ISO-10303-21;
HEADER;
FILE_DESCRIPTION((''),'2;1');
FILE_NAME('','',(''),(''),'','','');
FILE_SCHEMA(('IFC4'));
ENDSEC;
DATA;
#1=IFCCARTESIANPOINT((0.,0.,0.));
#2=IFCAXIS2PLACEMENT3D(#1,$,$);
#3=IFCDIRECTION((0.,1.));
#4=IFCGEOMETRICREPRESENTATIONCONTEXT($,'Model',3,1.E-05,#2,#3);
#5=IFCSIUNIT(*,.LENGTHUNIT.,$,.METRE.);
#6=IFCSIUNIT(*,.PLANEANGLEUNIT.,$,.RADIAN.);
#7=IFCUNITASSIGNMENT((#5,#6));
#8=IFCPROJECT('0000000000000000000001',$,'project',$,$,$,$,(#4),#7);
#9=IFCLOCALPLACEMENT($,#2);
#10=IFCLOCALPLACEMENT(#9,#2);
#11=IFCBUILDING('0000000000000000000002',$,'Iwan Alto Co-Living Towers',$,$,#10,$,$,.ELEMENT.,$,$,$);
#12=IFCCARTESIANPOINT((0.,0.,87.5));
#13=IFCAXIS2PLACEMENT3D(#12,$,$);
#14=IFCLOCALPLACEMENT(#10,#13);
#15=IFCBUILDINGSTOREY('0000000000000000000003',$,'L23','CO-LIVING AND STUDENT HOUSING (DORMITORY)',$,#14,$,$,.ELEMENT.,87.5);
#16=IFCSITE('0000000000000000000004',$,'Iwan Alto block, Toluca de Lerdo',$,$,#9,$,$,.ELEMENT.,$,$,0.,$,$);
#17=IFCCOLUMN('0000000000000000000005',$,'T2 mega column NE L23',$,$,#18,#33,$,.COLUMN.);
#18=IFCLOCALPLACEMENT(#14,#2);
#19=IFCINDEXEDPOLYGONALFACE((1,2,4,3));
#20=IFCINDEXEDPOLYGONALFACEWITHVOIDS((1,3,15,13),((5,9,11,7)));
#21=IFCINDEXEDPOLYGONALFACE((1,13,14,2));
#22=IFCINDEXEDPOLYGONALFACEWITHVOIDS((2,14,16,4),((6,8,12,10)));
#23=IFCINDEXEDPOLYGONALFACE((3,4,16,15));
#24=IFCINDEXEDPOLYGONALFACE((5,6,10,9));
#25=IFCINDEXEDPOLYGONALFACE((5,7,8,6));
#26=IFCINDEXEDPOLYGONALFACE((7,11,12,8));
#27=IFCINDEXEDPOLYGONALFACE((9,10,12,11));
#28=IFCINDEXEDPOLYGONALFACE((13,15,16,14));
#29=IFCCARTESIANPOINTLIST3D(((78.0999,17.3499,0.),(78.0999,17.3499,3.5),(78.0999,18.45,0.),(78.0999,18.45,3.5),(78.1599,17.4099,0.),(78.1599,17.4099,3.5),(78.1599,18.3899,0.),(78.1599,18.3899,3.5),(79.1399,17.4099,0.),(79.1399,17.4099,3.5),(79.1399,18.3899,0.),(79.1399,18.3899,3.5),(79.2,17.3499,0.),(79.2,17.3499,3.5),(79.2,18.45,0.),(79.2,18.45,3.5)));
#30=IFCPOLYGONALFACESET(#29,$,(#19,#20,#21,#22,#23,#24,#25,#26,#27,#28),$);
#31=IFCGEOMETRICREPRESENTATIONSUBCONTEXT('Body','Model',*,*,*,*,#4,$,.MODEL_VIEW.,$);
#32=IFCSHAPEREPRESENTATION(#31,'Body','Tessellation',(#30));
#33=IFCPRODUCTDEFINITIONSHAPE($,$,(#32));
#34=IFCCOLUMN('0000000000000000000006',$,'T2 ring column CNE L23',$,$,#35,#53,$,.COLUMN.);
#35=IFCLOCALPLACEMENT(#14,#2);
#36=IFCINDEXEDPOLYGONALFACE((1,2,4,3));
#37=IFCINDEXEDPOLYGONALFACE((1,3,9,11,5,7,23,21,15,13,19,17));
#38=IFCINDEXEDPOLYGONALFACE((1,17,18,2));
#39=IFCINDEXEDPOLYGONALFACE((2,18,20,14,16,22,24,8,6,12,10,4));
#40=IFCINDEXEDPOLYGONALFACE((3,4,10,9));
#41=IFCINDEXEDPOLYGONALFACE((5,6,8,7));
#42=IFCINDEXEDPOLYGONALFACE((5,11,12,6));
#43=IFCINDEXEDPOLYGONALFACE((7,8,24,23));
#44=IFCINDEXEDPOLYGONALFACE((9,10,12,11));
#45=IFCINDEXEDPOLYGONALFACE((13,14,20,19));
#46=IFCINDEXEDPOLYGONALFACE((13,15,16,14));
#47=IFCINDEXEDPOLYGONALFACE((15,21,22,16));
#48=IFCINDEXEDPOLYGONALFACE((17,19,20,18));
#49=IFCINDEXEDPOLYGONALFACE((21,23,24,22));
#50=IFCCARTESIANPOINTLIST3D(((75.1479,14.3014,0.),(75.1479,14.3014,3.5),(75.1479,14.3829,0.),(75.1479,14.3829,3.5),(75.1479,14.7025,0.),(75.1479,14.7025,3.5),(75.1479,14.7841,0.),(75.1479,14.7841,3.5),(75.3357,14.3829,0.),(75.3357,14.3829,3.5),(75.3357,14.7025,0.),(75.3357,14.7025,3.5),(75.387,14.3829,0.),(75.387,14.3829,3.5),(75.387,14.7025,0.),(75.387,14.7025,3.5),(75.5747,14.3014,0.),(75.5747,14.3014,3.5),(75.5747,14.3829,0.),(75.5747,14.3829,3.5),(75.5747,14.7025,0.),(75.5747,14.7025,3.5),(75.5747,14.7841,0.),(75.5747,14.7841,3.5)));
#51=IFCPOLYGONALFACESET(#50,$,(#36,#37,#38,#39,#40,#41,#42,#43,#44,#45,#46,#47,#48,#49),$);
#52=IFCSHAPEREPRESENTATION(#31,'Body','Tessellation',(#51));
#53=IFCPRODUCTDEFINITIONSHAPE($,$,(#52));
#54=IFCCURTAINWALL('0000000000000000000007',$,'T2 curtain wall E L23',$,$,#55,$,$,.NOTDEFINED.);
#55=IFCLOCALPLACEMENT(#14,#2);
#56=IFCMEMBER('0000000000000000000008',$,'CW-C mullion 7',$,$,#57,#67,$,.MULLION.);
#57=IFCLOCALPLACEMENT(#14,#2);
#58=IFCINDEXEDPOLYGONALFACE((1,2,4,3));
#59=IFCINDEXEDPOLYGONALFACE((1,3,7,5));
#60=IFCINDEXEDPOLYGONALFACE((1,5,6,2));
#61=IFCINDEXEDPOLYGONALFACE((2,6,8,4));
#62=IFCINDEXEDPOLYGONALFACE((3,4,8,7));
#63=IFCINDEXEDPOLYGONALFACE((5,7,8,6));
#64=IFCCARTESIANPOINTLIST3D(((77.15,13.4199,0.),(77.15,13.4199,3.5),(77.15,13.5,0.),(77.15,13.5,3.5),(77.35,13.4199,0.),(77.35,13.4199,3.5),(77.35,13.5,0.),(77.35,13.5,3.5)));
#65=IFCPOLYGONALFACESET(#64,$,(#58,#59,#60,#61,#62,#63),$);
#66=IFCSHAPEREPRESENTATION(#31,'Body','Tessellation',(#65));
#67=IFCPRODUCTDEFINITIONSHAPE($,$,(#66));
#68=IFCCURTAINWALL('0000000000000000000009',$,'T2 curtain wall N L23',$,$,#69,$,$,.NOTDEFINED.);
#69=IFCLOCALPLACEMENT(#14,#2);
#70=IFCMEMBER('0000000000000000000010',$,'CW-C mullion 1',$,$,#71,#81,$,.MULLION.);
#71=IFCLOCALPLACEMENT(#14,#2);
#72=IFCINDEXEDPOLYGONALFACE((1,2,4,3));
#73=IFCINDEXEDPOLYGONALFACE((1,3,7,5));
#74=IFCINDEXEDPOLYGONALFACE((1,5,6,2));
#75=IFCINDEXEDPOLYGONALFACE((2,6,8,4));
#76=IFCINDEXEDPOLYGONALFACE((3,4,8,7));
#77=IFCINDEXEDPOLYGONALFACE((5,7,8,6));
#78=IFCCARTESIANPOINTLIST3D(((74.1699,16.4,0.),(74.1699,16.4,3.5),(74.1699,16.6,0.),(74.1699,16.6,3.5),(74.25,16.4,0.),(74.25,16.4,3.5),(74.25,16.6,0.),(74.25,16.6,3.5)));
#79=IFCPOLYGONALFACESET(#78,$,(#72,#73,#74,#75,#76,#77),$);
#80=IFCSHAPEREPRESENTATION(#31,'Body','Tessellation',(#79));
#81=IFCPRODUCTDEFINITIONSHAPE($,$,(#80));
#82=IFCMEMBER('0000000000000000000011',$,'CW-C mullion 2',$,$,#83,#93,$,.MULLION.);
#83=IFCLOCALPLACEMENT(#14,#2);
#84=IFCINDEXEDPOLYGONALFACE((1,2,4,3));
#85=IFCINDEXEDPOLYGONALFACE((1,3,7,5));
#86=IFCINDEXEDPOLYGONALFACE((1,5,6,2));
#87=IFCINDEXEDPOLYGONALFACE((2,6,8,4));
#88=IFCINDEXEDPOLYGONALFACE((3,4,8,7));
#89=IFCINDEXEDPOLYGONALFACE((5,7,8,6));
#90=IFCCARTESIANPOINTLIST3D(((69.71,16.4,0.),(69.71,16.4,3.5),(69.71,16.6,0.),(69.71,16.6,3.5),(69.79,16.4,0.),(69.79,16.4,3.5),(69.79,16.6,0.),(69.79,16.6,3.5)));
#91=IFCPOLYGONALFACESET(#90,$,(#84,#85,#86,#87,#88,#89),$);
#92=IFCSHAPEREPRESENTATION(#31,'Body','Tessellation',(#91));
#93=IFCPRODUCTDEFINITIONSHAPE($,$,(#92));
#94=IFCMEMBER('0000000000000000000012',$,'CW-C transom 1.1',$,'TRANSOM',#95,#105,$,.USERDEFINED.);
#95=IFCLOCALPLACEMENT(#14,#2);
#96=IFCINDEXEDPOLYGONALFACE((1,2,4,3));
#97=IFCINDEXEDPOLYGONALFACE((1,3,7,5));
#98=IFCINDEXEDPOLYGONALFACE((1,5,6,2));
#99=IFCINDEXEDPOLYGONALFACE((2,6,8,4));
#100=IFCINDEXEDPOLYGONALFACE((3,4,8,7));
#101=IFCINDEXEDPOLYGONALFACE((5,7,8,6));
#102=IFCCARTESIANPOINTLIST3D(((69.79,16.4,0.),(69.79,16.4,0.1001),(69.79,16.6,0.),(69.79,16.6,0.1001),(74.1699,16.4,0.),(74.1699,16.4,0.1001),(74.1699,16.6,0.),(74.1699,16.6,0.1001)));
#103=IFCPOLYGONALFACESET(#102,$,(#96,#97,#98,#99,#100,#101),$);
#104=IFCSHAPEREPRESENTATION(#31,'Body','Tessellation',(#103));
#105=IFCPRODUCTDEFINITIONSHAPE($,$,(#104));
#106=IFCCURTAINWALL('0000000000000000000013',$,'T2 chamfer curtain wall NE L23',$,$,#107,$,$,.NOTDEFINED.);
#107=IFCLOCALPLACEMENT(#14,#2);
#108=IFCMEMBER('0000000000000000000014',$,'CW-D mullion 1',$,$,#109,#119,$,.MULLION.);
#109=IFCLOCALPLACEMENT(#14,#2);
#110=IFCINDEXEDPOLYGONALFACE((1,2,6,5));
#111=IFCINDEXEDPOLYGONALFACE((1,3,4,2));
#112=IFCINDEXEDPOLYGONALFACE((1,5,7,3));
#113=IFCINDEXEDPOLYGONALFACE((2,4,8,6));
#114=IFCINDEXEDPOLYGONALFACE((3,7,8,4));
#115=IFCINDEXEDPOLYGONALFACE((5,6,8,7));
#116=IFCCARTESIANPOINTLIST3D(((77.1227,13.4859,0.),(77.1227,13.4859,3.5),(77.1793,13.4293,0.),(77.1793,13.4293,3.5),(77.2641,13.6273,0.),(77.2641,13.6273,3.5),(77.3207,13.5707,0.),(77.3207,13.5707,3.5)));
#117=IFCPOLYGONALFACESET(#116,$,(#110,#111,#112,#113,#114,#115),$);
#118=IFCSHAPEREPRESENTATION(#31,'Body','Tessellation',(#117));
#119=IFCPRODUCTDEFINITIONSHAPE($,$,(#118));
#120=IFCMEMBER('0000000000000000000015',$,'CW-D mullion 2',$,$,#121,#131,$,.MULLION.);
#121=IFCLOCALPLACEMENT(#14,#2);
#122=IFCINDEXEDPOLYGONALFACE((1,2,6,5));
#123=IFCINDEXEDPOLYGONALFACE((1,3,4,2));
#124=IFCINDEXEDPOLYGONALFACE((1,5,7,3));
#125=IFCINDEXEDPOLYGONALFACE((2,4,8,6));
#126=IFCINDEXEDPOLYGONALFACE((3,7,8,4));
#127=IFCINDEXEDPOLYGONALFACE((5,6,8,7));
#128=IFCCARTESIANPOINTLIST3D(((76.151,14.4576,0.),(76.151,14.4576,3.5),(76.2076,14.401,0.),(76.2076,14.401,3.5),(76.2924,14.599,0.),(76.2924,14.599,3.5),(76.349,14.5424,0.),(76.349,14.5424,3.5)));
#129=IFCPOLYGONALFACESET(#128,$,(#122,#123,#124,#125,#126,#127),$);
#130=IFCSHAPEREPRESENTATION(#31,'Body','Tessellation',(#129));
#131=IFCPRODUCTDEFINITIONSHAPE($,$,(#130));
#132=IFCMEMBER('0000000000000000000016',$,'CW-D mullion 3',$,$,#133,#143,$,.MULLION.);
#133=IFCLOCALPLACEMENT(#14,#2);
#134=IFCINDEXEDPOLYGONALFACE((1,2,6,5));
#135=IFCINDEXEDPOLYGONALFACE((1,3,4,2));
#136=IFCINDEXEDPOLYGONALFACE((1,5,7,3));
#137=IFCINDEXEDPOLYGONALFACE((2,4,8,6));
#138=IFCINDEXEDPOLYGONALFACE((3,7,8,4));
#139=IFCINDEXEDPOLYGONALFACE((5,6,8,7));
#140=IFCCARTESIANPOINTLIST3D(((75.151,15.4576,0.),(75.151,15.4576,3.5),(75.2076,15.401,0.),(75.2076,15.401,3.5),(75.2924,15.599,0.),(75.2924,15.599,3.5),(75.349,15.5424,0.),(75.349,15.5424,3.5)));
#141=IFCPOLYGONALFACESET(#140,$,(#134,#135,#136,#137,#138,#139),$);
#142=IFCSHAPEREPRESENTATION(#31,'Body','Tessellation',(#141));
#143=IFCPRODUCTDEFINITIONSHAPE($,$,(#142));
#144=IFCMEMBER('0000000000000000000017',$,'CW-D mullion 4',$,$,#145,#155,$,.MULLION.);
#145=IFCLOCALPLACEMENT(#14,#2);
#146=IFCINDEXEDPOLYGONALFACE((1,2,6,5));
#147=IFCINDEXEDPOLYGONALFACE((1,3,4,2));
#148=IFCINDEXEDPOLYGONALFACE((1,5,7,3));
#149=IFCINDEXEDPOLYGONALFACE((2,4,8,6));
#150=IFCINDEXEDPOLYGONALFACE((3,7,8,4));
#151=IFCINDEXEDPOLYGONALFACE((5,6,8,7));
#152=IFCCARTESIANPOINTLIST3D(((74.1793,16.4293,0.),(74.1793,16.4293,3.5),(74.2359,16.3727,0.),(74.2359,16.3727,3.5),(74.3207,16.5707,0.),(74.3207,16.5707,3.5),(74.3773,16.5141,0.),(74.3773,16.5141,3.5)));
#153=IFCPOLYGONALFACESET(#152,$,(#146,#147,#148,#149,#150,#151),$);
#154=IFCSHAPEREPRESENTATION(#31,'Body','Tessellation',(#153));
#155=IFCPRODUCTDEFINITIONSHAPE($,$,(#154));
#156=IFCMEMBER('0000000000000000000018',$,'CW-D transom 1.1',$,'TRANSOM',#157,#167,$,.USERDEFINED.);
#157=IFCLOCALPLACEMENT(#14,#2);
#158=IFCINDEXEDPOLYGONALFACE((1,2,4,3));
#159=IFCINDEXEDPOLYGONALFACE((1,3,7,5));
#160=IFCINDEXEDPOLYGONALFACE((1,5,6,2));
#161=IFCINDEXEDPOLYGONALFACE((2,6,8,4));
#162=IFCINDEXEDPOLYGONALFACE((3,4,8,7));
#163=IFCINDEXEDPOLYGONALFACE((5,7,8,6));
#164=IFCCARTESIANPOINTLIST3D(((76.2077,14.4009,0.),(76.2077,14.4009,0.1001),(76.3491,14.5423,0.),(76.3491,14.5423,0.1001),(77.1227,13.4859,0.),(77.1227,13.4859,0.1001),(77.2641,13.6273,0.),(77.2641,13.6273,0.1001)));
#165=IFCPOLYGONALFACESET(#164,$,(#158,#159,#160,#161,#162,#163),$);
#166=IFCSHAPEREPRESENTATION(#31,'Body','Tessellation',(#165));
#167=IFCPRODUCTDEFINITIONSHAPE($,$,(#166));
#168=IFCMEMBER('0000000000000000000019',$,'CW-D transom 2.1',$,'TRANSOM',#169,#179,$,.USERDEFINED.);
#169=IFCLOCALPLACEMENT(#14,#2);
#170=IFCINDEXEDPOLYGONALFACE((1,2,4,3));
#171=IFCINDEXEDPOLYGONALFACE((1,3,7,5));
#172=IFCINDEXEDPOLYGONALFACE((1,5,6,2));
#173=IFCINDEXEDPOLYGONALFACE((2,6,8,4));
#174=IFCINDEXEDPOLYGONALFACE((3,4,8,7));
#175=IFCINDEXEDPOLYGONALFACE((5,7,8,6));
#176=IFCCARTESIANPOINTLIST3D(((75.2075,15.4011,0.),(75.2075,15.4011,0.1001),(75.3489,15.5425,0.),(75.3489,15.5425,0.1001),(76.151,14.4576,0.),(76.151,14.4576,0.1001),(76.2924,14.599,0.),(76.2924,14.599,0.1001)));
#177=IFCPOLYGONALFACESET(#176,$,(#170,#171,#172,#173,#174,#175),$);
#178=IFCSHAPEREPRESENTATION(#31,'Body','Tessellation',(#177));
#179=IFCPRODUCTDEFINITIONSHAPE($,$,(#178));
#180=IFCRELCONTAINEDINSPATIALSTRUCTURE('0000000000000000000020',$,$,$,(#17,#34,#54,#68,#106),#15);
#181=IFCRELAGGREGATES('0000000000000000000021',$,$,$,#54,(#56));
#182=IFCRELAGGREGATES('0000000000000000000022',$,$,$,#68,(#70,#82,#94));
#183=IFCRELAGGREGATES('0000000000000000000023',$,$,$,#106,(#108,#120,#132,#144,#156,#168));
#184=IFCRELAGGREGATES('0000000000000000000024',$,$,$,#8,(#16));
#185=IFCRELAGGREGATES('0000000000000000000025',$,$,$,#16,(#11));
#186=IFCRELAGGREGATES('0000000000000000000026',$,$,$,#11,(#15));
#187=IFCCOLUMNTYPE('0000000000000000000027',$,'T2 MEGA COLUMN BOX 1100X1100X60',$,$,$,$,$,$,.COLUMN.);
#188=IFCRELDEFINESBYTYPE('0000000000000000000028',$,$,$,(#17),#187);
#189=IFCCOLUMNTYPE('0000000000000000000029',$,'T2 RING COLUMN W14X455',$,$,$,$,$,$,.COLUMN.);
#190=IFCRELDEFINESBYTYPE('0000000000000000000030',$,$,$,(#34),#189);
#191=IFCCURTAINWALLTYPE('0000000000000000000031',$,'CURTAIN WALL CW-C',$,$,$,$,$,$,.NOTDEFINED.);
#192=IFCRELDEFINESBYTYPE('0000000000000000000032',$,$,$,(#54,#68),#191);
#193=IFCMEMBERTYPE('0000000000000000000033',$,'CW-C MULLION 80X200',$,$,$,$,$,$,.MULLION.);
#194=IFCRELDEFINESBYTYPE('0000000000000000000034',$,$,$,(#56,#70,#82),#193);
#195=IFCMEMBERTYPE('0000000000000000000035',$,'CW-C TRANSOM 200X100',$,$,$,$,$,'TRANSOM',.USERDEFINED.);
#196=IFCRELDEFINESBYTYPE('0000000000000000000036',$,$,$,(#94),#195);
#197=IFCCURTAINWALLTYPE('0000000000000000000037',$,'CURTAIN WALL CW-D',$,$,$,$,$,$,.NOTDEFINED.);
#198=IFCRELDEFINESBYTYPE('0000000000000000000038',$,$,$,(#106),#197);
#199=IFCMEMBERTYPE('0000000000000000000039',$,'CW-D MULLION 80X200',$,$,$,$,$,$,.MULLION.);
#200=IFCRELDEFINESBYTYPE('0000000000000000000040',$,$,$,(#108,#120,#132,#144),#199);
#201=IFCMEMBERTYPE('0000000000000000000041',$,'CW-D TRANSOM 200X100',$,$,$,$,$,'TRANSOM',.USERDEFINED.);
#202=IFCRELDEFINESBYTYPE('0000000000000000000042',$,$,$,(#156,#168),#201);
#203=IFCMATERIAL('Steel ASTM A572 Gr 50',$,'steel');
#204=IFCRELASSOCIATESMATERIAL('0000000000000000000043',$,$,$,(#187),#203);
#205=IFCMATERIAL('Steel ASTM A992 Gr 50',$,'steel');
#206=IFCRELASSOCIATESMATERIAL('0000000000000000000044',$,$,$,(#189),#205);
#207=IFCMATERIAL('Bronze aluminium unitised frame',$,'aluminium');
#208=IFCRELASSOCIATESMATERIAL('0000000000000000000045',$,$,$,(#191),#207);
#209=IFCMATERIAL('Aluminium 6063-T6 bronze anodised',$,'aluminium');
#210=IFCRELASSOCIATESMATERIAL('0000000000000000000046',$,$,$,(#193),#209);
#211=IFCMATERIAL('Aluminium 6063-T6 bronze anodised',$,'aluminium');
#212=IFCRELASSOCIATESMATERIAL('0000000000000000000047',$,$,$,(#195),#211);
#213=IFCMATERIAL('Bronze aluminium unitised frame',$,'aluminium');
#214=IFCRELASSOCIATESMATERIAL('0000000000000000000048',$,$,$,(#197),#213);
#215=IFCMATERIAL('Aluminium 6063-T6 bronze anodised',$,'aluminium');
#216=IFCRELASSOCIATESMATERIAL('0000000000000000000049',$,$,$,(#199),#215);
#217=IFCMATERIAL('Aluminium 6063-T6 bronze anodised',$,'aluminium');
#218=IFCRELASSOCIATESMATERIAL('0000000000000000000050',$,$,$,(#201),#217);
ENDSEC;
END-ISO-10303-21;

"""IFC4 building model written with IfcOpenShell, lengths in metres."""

from ifc_helpers import new_model, si_unit, direction, frame, origin, origin_2d, place, context, subcontext, project, spatial, rectangle, hollow_rectangle, i_section, extrude, material, material_profile, profile_set, type_object, element, aggregate, save


model = new_model("IFC4")

# Units and contexts
model_context = context("Model", 3, precision=1e-05, world=origin(), true_north=direction((0.0, 1.0)))
body_context = subcontext(model_context, "Body", "Model", "MODEL_VIEW")
ifc_project = project(units=[si_unit("LENGTHUNIT", "METRE"), si_unit("PLANEANGLEUNIT", "RADIAN")], contexts=[model_context])

# Site, building, storey
site_placement = place(None, origin())
site = spatial("IfcSite", under=ifc_project, at=site_placement, Name="Iwan Alto block, Toluca de Lerdo", CompositionType="ELEMENT", RefElevation=0.0)
building_placement = place(site_placement, origin())
building = spatial("IfcBuilding", under=site, at=building_placement, Name="Iwan Alto Co-Living Towers", CompositionType="ELEMENT")
storey_placement = place(building_placement, frame((0.0, 0.0, 87.5)))
storey = spatial("IfcBuildingStorey", under=building, at=storey_placement, Name="L23", Description="CO-LIVING AND STUDENT HOUSING (DORMITORY)", CompositionType="ELEMENT", Elevation=87.5)

# Columns
ifc_material_1 = material(Name="Steel ASTM A572 Gr 50", Category="steel")
ifc_material_profile_1 = material_profile(ifc_material_1, hollow_rectangle(XDim=1.1001, YDim=1.1001, WallThickness=0.0601, at=origin_2d()), Name="BOX 1100X1100X60")
ifc_profile_set_1 = profile_set([ifc_material_profile_1], Name="Steel ASTM A572 Gr 50")
column_type_1 = type_object("IfcColumnType", Name="T2 MEGA COLUMN BOX 1100X1100X60", PredefinedType="COLUMN", material=ifc_profile_set_1)
column_1_placement = place(storey_placement, frame((78.6499, 17.8999, 0.0), z_axis=(0.0, 0.0, 1.0), x_axis=(1.0, 0.0, 0.0)))
element("IfcColumn", 1, at=column_1_placement, inside=storey, type_object=column_type_1, Name="T2 mega column NE L23", PredefinedType="COLUMN", context=body_context, shape_type="SweptSolid", body=[
    extrude(hollow_rectangle(XDim=1.1001, YDim=1.1001, WallThickness=0.0601, at=origin_2d()), origin(), (0.0, 0.0, 1.0), 3.5),
])
ifc_material_2 = material(Name="Steel ASTM A992 Gr 50", Category="steel")
ifc_material_profile_2 = material_profile(ifc_material_2, i_section(OverallWidth=0.4268, OverallDepth=0.4827, WebThickness=0.0513, FlangeThickness=0.0815, at=origin_2d()), Name="W14X455")
ifc_profile_set_2 = profile_set([ifc_material_profile_2], Name="Steel ASTM A992 Gr 50")
column_type_2 = type_object("IfcColumnType", Name="T2 RING COLUMN W14X455", PredefinedType="COLUMN", material=ifc_profile_set_2)
column_2_placement = place(storey_placement, frame((75.3613, 14.5427, 0.0), z_axis=(0.0, 0.0, 1.0), x_axis=(1.0, 0.0, 0.0)))
element("IfcColumn", 2, at=column_2_placement, inside=storey, type_object=column_type_2, Name="T2 ring column CNE L23", PredefinedType="COLUMN", context=body_context, shape_type="SweptSolid", body=[
    extrude(i_section(OverallWidth=0.4268, OverallDepth=0.4827, WebThickness=0.0513, FlangeThickness=0.0815, at=origin_2d()), origin(), (0.0, 0.0, 1.0), 3.5),
])

# Curtain wall, member
ifc_material_3 = material(Name="Bronze aluminium unitised frame", Category="aluminium")
curtain_wall_type_1 = type_object("IfcCurtainWallType", Name="CURTAIN WALL CW-C", PredefinedType="NOTDEFINED", material=ifc_material_3)
curtain_wall_1_placement = place(storey_placement, origin())
curtain_wall_1 = element("IfcCurtainWall", 3, at=curtain_wall_1_placement, inside=storey, type_object=curtain_wall_type_1, Name="T2 curtain wall E L23", PredefinedType="NOTDEFINED")
ifc_material_4 = material(Name="Aluminium 6063-T6 bronze anodised", Category="aluminium")
ifc_material_profile_3 = material_profile(ifc_material_4, rectangle(XDim=0.2, YDim=0.0801, at=origin_2d()), Name="AL 80X200")
ifc_profile_set_3 = profile_set([ifc_material_profile_3], Name="Aluminium 6063-T6 bronze anodised")
member_type_1 = type_object("IfcMemberType", Name="CW-C MULLION 80X200", PredefinedType="MULLION", material=ifc_profile_set_3)
member_1_placement = place(storey_placement, frame((77.25, 13.46, 0.0), z_axis=(0.0, 0.0, 1.0), x_axis=(-1.0, 0.0, 0.0)))
member_1 = element("IfcMember", 4, at=member_1_placement, type_object=member_type_1, Name="CW-C mullion 7", PredefinedType="MULLION", context=body_context, shape_type="SweptSolid", body=[
    extrude(rectangle(XDim=0.2, YDim=0.0801, at=origin_2d()), origin(), (0.0, 0.0, 1.0), 3.5),
])
aggregate(curtain_wall_1, [member_1])

# Curtain walls, members
curtain_wall_2_placement = place(storey_placement, origin())
curtain_wall_2 = element("IfcCurtainWall", 5, at=curtain_wall_2_placement, inside=storey, type_object=curtain_wall_type_1, Name="T2 curtain wall N L23", PredefinedType="NOTDEFINED")
member_2_placement = place(storey_placement, frame((74.21, 16.5, 0.0), z_axis=(0.0, 0.0, 1.0), x_axis=(0.0, -1.0, 0.0)))
member_2 = element("IfcMember", 6, at=member_2_placement, type_object=member_type_1, Name="CW-C mullion 1", PredefinedType="MULLION", context=body_context, shape_type="SweptSolid", body=[
    extrude(rectangle(XDim=0.2, YDim=0.0801, at=origin_2d()), origin(), (0.0, 0.0, 1.0), 3.5),
])
member_3_placement = place(storey_placement, frame((69.75, 16.5, 0.0), z_axis=(0.0, 0.0, 1.0), x_axis=(0.0, -1.0, 0.0)))
member_3 = element("IfcMember", 7, at=member_3_placement, type_object=member_type_1, Name="CW-C mullion 2", PredefinedType="MULLION", context=body_context, shape_type="SweptSolid", body=[
    extrude(rectangle(XDim=0.2, YDim=0.0801, at=origin_2d()), origin(), (0.0, 0.0, 1.0), 3.5),
])
ifc_material_5 = material(Name="Aluminium 6063-T6 bronze anodised", Category="aluminium")
ifc_material_profile_4 = material_profile(ifc_material_5, rectangle(XDim=0.2, YDim=0.1001, at=origin_2d()), Name="AL 200X100")
ifc_profile_set_4 = profile_set([ifc_material_profile_4], Name="Aluminium 6063-T6 bronze anodised")
member_type_2 = type_object("IfcMemberType", Name="CW-C TRANSOM 200X100", ElementType="TRANSOM", PredefinedType="USERDEFINED", material=ifc_profile_set_4)
member_4_placement = place(storey_placement, frame((74.1699, 16.5, 0.05), z_axis=(-1.0, 0.0, 0.0), x_axis=(0.0, -1.0, 0.0)))
member_4 = element("IfcMember", 8, at=member_4_placement, type_object=member_type_2, Name="CW-C transom 1.1", ObjectType="TRANSOM", PredefinedType="USERDEFINED", context=body_context, shape_type="SweptSolid", body=[
    extrude(rectangle(XDim=0.2, YDim=0.1001, at=origin_2d()), origin(), (0.0, 0.0, 1.0), 4.3799),
])
ifc_material_6 = material(Name="Bronze aluminium unitised frame", Category="aluminium")
curtain_wall_type_2 = type_object("IfcCurtainWallType", Name="CURTAIN WALL CW-D", PredefinedType="NOTDEFINED", material=ifc_material_6)
curtain_wall_3_placement = place(storey_placement, origin())
curtain_wall_3 = element("IfcCurtainWall", 9, at=curtain_wall_3_placement, inside=storey, type_object=curtain_wall_type_2, Name="T2 chamfer curtain wall NE L23", PredefinedType="NOTDEFINED")
ifc_material_7 = material(Name="Aluminium 6063-T6 bronze anodised", Category="aluminium")
ifc_material_profile_5 = material_profile(ifc_material_7, rectangle(XDim=0.2, YDim=0.0801, at=origin_2d()), Name="AL 80X200")
ifc_profile_set_5 = profile_set([ifc_material_profile_5], Name="Aluminium 6063-T6 bronze anodised")
member_type_3 = type_object("IfcMemberType", Name="CW-D MULLION 80X200", PredefinedType="MULLION", material=ifc_profile_set_5)
member_5_placement = place(storey_placement, frame((77.2217, 13.5283, 0.0), z_axis=(0.0, 0.0, 1.0), x_axis=(-0.707107, -0.707107, 0.0)))
member_5 = element("IfcMember", 10, at=member_5_placement, type_object=member_type_3, Name="CW-D mullion 1", PredefinedType="MULLION", context=body_context, shape_type="SweptSolid", body=[
    extrude(rectangle(XDim=0.2, YDim=0.0801, at=origin_2d()), origin(), (0.0, 0.0, 1.0), 3.5),
])
member_6_placement = place(storey_placement, frame((76.25, 14.5, 0.0), z_axis=(0.0, 0.0, 1.0), x_axis=(-0.707107, -0.707107, 0.0)))
member_6 = element("IfcMember", 11, at=member_6_placement, type_object=member_type_3, Name="CW-D mullion 2", PredefinedType="MULLION", context=body_context, shape_type="SweptSolid", body=[
    extrude(rectangle(XDim=0.2, YDim=0.0801, at=origin_2d()), origin(), (0.0, 0.0, 1.0), 3.5),
])
member_7_placement = place(storey_placement, frame((75.25, 15.5, 0.0), z_axis=(0.0, 0.0, 1.0), x_axis=(-0.707107, -0.707107, 0.0)))
member_7 = element("IfcMember", 12, at=member_7_placement, type_object=member_type_3, Name="CW-D mullion 3", PredefinedType="MULLION", context=body_context, shape_type="SweptSolid", body=[
    extrude(rectangle(XDim=0.2, YDim=0.0801, at=origin_2d()), origin(), (0.0, 0.0, 1.0), 3.5),
])
member_8_placement = place(storey_placement, frame((74.2783, 16.4717, 0.0), z_axis=(0.0, 0.0, 1.0), x_axis=(-0.707107, -0.707107, 0.0)))
member_8 = element("IfcMember", 13, at=member_8_placement, type_object=member_type_3, Name="CW-D mullion 4", PredefinedType="MULLION", context=body_context, shape_type="SweptSolid", body=[
    extrude(rectangle(XDim=0.2, YDim=0.0801, at=origin_2d()), origin(), (0.0, 0.0, 1.0), 3.5),
])
ifc_material_8 = material(Name="Aluminium 6063-T6 bronze anodised", Category="aluminium")
ifc_material_profile_6 = material_profile(ifc_material_8, rectangle(XDim=0.2, YDim=0.1001, at=origin_2d()), Name="AL 200X100")
ifc_profile_set_6 = profile_set([ifc_material_profile_6], Name="Aluminium 6063-T6 bronze anodised")
member_type_4 = type_object("IfcMemberType", Name="CW-D TRANSOM 200X100", ElementType="TRANSOM", PredefinedType="USERDEFINED", material=ifc_profile_set_6)
member_9_placement = place(storey_placement, frame((77.1934, 13.5566, 0.05), z_axis=(-0.707107, 0.707107, 0.0), x_axis=(-0.707107, -0.707107, 0.0)))
member_9 = element("IfcMember", 14, at=member_9_placement, type_object=member_type_4, Name="CW-D transom 1.1", ObjectType="TRANSOM", PredefinedType="USERDEFINED", context=body_context, shape_type="SweptSolid", body=[
    extrude(rectangle(XDim=0.2, YDim=0.1001, at=origin_2d()), origin(), (0.0, 0.0, 1.0), 1.2939),
])
member_10_placement = place(storey_placement, frame((76.2217, 14.5283, 0.05), z_axis=(-0.707107, 0.707107, 0.0), x_axis=(-0.707107, -0.707107, 0.0)))
member_10 = element("IfcMember", 15, at=member_10_placement, type_object=member_type_4, Name="CW-D transom 2.1", ObjectType="TRANSOM", PredefinedType="USERDEFINED", context=body_context, shape_type="SweptSolid", body=[
    extrude(rectangle(XDim=0.2, YDim=0.1001, at=origin_2d()), origin(), (0.0, 0.0, 1.0), 1.3342),
])

aggregate(curtain_wall_2, [member_2, member_3, member_4])
aggregate(curtain_wall_3, [member_5, member_6, member_7, member_8, member_9, member_10])

save(model, "model.ifc")
